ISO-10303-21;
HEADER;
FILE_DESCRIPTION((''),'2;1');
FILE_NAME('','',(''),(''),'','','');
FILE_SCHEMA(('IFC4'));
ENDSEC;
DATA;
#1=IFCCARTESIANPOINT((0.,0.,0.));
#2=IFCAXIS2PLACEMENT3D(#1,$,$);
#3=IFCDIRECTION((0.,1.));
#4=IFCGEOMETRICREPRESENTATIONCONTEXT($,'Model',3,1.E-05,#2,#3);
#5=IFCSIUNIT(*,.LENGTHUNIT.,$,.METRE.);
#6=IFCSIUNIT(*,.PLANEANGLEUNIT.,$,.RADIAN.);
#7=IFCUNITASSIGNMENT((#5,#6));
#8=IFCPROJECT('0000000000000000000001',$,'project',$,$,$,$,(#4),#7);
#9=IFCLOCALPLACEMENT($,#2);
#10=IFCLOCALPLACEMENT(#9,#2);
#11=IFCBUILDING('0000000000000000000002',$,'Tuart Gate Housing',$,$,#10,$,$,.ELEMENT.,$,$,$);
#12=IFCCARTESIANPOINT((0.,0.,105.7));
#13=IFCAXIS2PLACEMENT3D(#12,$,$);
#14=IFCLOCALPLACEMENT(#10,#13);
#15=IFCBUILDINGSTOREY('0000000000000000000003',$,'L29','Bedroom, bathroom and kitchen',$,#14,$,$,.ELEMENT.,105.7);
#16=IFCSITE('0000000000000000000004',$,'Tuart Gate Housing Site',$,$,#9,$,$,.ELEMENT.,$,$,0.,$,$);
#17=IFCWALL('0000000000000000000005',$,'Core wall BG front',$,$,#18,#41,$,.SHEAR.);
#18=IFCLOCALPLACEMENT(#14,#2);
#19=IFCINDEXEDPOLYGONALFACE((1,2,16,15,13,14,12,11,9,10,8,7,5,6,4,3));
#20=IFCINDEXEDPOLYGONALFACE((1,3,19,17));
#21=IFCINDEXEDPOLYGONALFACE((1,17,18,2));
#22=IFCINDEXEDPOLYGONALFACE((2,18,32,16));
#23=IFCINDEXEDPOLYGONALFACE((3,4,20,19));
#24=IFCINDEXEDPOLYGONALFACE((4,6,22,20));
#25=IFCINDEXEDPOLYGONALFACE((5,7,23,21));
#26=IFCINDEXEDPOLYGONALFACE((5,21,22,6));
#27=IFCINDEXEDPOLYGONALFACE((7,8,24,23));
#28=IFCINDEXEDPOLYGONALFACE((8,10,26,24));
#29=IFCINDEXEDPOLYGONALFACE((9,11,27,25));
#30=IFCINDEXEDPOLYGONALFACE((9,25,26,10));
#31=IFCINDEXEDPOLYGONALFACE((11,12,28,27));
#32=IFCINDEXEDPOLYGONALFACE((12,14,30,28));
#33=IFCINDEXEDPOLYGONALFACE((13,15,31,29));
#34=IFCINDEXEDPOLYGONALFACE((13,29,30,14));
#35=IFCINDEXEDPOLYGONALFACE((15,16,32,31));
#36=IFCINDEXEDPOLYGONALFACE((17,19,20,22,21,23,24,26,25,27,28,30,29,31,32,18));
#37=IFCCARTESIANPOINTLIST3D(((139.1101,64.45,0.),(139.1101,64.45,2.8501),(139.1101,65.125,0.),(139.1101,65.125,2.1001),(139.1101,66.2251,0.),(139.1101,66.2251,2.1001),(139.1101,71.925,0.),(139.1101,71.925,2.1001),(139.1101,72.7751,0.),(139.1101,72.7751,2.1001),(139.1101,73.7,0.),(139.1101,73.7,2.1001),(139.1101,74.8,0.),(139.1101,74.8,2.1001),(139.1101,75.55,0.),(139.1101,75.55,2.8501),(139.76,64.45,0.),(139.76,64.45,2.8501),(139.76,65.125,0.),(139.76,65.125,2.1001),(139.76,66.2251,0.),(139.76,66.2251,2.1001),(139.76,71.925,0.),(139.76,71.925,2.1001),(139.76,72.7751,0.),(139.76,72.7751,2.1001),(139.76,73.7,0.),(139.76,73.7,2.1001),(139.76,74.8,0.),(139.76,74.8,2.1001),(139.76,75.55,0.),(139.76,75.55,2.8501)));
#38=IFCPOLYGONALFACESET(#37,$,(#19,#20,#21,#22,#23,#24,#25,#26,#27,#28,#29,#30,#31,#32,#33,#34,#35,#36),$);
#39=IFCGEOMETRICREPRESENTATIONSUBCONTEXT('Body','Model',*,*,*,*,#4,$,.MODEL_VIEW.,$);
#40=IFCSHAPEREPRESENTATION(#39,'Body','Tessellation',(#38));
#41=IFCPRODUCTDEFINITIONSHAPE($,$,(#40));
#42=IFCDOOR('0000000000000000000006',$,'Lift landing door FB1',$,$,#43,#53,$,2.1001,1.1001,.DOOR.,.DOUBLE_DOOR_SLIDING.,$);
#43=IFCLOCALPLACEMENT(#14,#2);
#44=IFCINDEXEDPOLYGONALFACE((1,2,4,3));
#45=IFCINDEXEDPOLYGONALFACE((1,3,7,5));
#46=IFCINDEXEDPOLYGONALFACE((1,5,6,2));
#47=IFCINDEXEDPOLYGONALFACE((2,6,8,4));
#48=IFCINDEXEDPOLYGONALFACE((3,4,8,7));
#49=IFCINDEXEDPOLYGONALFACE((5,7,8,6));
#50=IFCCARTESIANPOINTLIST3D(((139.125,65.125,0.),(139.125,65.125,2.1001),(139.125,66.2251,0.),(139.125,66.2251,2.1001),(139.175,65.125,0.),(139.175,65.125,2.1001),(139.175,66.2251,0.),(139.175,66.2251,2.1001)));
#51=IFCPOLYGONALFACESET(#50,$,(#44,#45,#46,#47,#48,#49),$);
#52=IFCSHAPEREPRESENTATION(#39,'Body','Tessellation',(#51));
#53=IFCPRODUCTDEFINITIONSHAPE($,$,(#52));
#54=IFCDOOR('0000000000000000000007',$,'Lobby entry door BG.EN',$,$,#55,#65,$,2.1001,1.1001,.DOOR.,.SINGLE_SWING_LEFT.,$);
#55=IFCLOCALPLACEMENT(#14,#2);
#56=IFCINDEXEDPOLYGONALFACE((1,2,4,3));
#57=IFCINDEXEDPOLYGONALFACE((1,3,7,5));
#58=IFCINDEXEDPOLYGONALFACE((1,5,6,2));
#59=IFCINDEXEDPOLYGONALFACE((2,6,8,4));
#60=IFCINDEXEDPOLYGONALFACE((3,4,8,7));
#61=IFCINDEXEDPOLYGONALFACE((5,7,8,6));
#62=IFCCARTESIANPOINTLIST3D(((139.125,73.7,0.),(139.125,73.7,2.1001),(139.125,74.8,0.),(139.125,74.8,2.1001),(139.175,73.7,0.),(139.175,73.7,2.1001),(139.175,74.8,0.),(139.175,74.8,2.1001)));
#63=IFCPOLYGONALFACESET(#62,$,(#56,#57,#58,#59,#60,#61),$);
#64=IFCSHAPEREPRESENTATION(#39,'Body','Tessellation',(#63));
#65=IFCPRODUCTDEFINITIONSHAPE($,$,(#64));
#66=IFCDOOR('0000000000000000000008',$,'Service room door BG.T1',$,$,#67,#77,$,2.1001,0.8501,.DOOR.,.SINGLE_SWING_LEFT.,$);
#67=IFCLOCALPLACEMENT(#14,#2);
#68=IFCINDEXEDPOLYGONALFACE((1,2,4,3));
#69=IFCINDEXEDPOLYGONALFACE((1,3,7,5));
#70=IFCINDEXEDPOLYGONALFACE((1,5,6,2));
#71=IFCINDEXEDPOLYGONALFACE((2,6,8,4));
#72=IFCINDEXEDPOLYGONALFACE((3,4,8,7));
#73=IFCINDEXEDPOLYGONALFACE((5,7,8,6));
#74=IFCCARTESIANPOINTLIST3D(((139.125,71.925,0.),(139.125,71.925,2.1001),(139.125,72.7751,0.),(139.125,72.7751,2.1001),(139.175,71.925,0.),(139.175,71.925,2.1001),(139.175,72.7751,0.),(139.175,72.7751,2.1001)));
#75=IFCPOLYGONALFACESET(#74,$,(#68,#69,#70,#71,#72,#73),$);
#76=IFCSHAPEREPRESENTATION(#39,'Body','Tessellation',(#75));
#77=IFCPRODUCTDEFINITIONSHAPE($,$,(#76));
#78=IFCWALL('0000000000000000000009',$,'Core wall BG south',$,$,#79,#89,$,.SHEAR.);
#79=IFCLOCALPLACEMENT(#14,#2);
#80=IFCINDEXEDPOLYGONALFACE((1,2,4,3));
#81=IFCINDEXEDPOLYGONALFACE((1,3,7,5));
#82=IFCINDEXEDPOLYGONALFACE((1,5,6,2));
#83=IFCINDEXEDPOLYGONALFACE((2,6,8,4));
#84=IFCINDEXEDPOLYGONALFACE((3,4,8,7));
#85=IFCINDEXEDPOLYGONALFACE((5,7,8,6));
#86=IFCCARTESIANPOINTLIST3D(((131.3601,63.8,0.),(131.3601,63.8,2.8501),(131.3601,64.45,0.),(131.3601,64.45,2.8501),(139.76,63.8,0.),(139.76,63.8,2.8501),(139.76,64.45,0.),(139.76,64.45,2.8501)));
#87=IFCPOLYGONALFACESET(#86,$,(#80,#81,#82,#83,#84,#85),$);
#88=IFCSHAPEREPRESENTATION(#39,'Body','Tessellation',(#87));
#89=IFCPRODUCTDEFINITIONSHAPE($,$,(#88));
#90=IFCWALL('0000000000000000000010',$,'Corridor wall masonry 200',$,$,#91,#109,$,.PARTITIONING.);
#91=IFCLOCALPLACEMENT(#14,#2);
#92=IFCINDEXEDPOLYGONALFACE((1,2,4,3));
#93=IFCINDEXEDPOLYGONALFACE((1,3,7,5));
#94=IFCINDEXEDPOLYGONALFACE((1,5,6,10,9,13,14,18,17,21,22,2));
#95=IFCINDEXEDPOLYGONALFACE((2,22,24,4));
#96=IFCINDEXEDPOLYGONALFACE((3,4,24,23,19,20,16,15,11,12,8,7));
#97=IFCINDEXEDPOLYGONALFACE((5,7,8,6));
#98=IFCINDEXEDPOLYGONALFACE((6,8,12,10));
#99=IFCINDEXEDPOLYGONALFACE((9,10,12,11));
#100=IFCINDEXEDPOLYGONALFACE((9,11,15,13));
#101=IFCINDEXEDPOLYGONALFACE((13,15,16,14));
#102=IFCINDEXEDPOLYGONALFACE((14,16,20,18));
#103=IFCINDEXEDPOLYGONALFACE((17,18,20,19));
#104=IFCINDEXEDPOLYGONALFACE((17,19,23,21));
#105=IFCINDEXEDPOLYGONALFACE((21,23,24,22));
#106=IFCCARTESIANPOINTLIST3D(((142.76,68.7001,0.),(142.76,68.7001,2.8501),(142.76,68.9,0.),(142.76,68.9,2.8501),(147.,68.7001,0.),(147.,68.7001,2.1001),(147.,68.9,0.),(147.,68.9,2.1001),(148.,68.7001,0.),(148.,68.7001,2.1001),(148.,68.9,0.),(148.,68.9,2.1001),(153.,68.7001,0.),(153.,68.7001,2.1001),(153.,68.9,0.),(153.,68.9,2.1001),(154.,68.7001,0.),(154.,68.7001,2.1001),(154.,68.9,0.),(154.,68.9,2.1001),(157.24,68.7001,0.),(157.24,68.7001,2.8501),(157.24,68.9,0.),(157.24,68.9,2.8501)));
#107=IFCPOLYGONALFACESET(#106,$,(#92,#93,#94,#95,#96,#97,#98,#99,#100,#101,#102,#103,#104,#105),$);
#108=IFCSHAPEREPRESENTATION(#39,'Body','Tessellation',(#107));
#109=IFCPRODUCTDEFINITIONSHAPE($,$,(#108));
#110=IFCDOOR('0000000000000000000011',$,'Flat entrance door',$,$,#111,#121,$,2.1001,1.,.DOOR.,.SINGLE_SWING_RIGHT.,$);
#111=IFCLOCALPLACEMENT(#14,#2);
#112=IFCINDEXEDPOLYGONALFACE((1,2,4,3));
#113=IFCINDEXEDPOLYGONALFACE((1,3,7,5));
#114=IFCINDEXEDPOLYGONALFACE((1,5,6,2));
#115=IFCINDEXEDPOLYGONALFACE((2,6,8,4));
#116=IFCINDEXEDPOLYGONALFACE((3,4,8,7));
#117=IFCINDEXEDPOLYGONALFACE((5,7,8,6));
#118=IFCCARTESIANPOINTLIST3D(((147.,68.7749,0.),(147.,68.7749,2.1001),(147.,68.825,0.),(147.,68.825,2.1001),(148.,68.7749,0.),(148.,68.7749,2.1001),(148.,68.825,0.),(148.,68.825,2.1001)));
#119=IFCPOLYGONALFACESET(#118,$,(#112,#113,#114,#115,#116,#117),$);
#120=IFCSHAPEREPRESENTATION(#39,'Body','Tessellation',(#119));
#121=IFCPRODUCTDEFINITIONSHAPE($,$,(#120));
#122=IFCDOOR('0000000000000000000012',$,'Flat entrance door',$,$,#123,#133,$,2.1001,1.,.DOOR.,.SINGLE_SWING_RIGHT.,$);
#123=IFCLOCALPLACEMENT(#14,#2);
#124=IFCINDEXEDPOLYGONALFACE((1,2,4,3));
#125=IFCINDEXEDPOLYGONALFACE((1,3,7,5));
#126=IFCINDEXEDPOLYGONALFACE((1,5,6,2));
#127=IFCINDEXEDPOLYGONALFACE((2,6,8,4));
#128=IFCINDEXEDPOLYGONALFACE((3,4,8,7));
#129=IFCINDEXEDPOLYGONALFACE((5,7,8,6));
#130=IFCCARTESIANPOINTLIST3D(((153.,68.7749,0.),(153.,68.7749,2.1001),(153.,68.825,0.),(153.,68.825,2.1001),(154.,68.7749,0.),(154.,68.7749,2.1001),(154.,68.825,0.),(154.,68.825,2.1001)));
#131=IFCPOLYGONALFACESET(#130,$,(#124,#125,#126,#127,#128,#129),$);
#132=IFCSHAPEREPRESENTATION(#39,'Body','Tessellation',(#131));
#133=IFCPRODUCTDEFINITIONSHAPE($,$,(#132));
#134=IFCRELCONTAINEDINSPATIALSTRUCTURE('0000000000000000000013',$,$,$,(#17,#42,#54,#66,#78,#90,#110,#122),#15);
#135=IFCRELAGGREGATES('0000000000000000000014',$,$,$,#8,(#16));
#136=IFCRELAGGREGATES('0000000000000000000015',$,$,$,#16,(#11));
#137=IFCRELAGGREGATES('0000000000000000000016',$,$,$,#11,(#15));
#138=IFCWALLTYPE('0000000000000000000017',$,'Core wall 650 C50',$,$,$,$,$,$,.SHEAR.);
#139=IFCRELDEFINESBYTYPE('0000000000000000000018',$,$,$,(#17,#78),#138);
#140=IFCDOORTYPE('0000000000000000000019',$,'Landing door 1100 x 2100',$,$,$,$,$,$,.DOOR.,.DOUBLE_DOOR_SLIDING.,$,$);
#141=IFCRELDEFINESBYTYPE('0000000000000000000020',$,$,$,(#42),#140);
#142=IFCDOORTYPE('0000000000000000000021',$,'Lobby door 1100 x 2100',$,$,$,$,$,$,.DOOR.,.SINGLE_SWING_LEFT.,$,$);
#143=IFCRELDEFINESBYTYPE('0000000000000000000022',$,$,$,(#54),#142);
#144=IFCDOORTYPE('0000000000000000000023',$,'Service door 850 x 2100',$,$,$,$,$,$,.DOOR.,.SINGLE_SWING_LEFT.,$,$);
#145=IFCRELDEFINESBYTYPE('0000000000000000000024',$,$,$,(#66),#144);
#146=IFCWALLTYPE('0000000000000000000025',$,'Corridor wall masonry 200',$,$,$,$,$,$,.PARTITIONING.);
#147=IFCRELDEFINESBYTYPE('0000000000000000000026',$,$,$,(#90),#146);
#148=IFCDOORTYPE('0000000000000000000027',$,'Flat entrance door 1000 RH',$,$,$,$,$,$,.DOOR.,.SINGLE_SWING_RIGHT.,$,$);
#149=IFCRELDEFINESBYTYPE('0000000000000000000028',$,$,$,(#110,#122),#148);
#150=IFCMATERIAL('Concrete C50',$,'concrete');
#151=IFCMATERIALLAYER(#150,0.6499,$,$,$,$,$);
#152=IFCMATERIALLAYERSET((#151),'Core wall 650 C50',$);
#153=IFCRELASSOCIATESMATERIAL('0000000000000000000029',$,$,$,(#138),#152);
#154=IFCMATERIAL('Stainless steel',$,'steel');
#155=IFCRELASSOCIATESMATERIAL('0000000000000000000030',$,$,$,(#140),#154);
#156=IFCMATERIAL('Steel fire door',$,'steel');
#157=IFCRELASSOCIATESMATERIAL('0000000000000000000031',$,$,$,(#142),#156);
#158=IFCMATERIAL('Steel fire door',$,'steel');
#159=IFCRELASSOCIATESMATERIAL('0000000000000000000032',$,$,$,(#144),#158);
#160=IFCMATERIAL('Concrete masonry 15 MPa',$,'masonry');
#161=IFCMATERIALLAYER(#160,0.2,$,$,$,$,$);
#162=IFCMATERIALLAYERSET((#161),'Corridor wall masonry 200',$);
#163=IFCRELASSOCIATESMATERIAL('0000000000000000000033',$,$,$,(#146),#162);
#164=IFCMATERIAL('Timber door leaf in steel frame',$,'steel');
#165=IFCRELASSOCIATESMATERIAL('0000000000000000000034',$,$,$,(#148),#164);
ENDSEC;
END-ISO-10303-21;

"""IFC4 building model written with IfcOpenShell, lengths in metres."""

from ifc_helpers import new_model, si_unit, direction, frame, frame_2d, origin, place, context, subcontext, project, spatial, rectangle, extrude, material, layer, layer_set, type_object, element, fill, save


model = new_model("IFC4")

# Units and contexts
model_context = context("Model", 3, precision=1e-05, world=origin(), true_north=direction((0.0, 1.0)))
body_context = subcontext(model_context, "Body", "Model", "MODEL_VIEW")
ifc_project = project(units=[si_unit("LENGTHUNIT", "METRE"), si_unit("PLANEANGLEUNIT", "RADIAN")], contexts=[model_context])

# Site, building, storey
site_placement = place(None, origin())
site = spatial("IfcSite", under=ifc_project, at=site_placement, Name="Tuart Gate Housing Site", CompositionType="ELEMENT", RefElevation=0.0)
building_placement = place(site_placement, origin())
building = spatial("IfcBuilding", under=site, at=building_placement, Name="Tuart Gate Housing", CompositionType="ELEMENT")
storey_placement = place(building_placement, frame((0.0, 0.0, 105.7)))
storey = spatial("IfcBuildingStorey", under=building, at=storey_placement, Name="L29", Description="Bedroom, bathroom and kitchen", CompositionType="ELEMENT", Elevation=105.7)

# Wall, openings, doors
ifc_material_1 = material(Name="Concrete C50", Category="concrete")
ifc_layer_1 = layer(ifc_material_1, 0.6499)
ifc_layer_set_1 = layer_set([ifc_layer_1], Name="Core wall 650 C50")
wall_type_1 = type_object("IfcWallType", Name="Core wall 650 C50", PredefinedType="SHEAR", material=ifc_layer_set_1)
wall_1_placement = place(storey_placement, frame((139.4351, 64.45, 0.0), z_axis=(0.0, 0.0, 1.0), x_axis=(0.0, 1.0, 0.0)))
wall_1 = element("IfcWall", 1, at=wall_1_placement, inside=storey, type_object=wall_type_1, Name="Core wall BG front", PredefinedType="SHEAR", context=body_context, shape_type="SweptSolid", body=[
    extrude(rectangle(XDim=11.1001, YDim=0.6499, at=frame_2d((5.55, 0.0))), origin(), (0.0, 0.0, 1.0), 2.8501),
])
opening_1_placement = place(wall_1_placement, frame((0.675, 0.0, 0.0)))
opening_1 = element("IfcOpeningElement", 2, at=opening_1_placement, cuts=wall_1, PredefinedType="OPENING", context=body_context, shape_type="SweptSolid", body=[
    extrude(rectangle(XDim=1.1001, YDim=2.1001, at=frame_2d((0.55, 1.05))), frame((0.0, 0.335, 0.0), z_axis=(0.0, -1.0, 0.0), x_axis=(1.0, 0.0, 0.0)), (0.0, 0.0, 1.0), 0.6699),
])
opening_2_placement = place(wall_1_placement, frame((9.25, 0.0, 0.0)))
opening_2 = element("IfcOpeningElement", 3, at=opening_2_placement, cuts=wall_1, PredefinedType="OPENING", context=body_context, shape_type="SweptSolid", body=[
    extrude(rectangle(XDim=1.1001, YDim=2.1001, at=frame_2d((0.55, 1.05))), frame((0.0, 0.335, 0.0), z_axis=(0.0, -1.0, 0.0), x_axis=(1.0, 0.0, 0.0)), (0.0, 0.0, 1.0), 0.6699),
])
opening_3_placement = place(wall_1_placement, frame((7.4751, 0.0, 0.0)))
opening_3 = element("IfcOpeningElement", 4, at=opening_3_placement, cuts=wall_1, PredefinedType="OPENING", context=body_context, shape_type="SweptSolid", body=[
    extrude(rectangle(XDim=0.8501, YDim=2.1001, at=frame_2d((0.425, 1.05))), frame((0.0, 0.335, 0.0), z_axis=(0.0, -1.0, 0.0), x_axis=(1.0, 0.0, 0.0)), (0.0, 0.0, 1.0), 0.6699),
])
ifc_material_2 = material(Name="Stainless steel", Category="steel")
door_type_1 = type_object("IfcDoorType", Name="Landing door 1100 x 2100", OperationType="DOUBLE_DOOR_SLIDING", PredefinedType="DOOR", material=ifc_material_2)
door_1_placement = place(opening_1_placement, origin())
door_1 = element("IfcDoor", 5, at=door_1_placement, inside=storey, type_object=door_type_1, Name="Lift landing door FB1", OperationType="DOUBLE_DOOR_SLIDING", OverallHeight=2.1001, OverallWidth=1.1001, PredefinedType="DOOR", context=body_context, shape_type="SweptSolid", body=[
    extrude(rectangle(XDim=1.1001, YDim=2.1001, at=frame_2d((0.55, 1.05))), frame((0.0, 0.3101, 0.0), z_axis=(0.0, -1.0, 0.0), x_axis=(1.0, 0.0, 0.0)), (0.0, 0.0, 1.0), 0.05),
])
fill(opening_1, door_1)
ifc_material_3 = material(Name="Steel fire door", Category="steel")
door_type_2 = type_object("IfcDoorType", Name="Lobby door 1100 x 2100", OperationType="SINGLE_SWING_LEFT", PredefinedType="DOOR", material=ifc_material_3)
door_2_placement = place(opening_2_placement, origin())
door_2 = element("IfcDoor", 6, at=door_2_placement, inside=storey, type_object=door_type_2, Name="Lobby entry door BG.EN", OperationType="SINGLE_SWING_LEFT", OverallHeight=2.1001, OverallWidth=1.1001, PredefinedType="DOOR", context=body_context, shape_type="SweptSolid", body=[
    extrude(rectangle(XDim=1.1001, YDim=2.1001, at=frame_2d((0.55, 1.05))), frame((0.0, 0.3101, 0.0), z_axis=(0.0, -1.0, 0.0), x_axis=(1.0, 0.0, 0.0)), (0.0, 0.0, 1.0), 0.05),
])
fill(opening_2, door_2)
ifc_material_4 = material(Name="Steel fire door", Category="steel")
door_type_3 = type_object("IfcDoorType", Name="Service door 850 x 2100", OperationType="SINGLE_SWING_LEFT", PredefinedType="DOOR", material=ifc_material_4)
door_3_placement = place(opening_3_placement, origin())
door_3 = element("IfcDoor", 7, at=door_3_placement, inside=storey, type_object=door_type_3, Name="Service room door BG.T1", OperationType="SINGLE_SWING_LEFT", OverallHeight=2.1001, OverallWidth=0.8501, PredefinedType="DOOR", context=body_context, shape_type="SweptSolid", body=[
    extrude(rectangle(XDim=0.8501, YDim=2.1001, at=frame_2d((0.425, 1.05))), frame((0.0, 0.3101, 0.0), z_axis=(0.0, -1.0, 0.0), x_axis=(1.0, 0.0, 0.0)), (0.0, 0.0, 1.0), 0.05),
])
fill(opening_3, door_3)

# Wall
wall_2_placement = place(storey_placement, frame((139.76, 64.125, 0.0), z_axis=(0.0, 0.0, 1.0), x_axis=(-1.0, 0.0, 0.0)))
element("IfcWall", 8, at=wall_2_placement, inside=storey, type_object=wall_type_1, Name="Core wall BG south", PredefinedType="SHEAR", context=body_context, shape_type="SweptSolid", body=[
    extrude(rectangle(XDim=8.3999, YDim=0.6499, at=frame_2d((4.2, 0.0))), origin(), (0.0, 0.0, 1.0), 2.8501),
])

# Wall, openings, doors
ifc_material_5 = material(Name="Concrete masonry 15 MPa", Category="masonry")
ifc_layer_2 = layer(ifc_material_5, 0.2)
ifc_layer_set_2 = layer_set([ifc_layer_2], Name="Corridor wall masonry 200")
wall_type_2 = type_object("IfcWallType", Name="Corridor wall masonry 200", PredefinedType="PARTITIONING", material=ifc_layer_set_2)
wall_3_placement = place(storey_placement, frame((142.76, 68.8, 0.0), z_axis=(0.0, 0.0, 1.0), x_axis=(1.0, 0.0, 0.0)))
wall_3 = element("IfcWall", 9, at=wall_3_placement, inside=storey, type_object=wall_type_2, Name="Corridor wall masonry 200", PredefinedType="PARTITIONING", context=body_context, shape_type="SweptSolid", body=[
    extrude(rectangle(XDim=14.48, YDim=0.2, at=frame_2d((7.24, 0.0))), origin(), (0.0, 0.0, 1.0), 2.8501),
])
opening_4_placement = place(wall_3_placement, frame((4.24, 0.0, 0.0)))
opening_4 = element("IfcOpeningElement", 10, at=opening_4_placement, cuts=wall_3, PredefinedType="OPENING", context=body_context, shape_type="SweptSolid", body=[
    extrude(rectangle(XDim=1.0, YDim=2.1001, at=frame_2d((0.5, 1.05))), frame((0.0, 0.1099, 0.0), z_axis=(0.0, -1.0, 0.0), x_axis=(1.0, 0.0, 0.0)), (0.0, 0.0, 1.0), 0.22),
])
opening_5_placement = place(wall_3_placement, frame((10.24, 0.0, 0.0)))
opening_5 = element("IfcOpeningElement", 11, at=opening_5_placement, cuts=wall_3, PredefinedType="OPENING", context=body_context, shape_type="SweptSolid", body=[
    extrude(rectangle(XDim=1.0, YDim=2.1001, at=frame_2d((0.5, 1.05))), frame((0.0, 0.1099, 0.0), z_axis=(0.0, -1.0, 0.0), x_axis=(1.0, 0.0, 0.0)), (0.0, 0.0, 1.0), 0.22),
])
ifc_material_6 = material(Name="Timber door leaf in steel frame", Category="steel")
door_type_4 = type_object("IfcDoorType", Name="Flat entrance door 1000 RH", OperationType="SINGLE_SWING_RIGHT", PredefinedType="DOOR", material=ifc_material_6)
door_4_placement = place(opening_4_placement, frame((1.0, 0.0, 0.0), z_axis=(0.0, 0.0, 1.0), x_axis=(-1.0, 0.0, 0.0)))
door_4 = element("IfcDoor", 12, at=door_4_placement, inside=storey, type_object=door_type_4, Name="Flat entrance door", OperationType="SINGLE_SWING_RIGHT", OverallHeight=2.1001, OverallWidth=1.0, PredefinedType="DOOR", context=body_context, shape_type="SweptSolid", body=[
    extrude(rectangle(XDim=1.0, YDim=2.1001, at=frame_2d((0.5, 1.05))), frame((0.0, 0.0251, 0.0), z_axis=(0.0, -1.0, 0.0), x_axis=(1.0, 0.0, 0.0)), (0.0, 0.0, 1.0), 0.05),
])
fill(opening_4, door_4)
door_5_placement = place(opening_5_placement, frame((1.0, 0.0, 0.0), z_axis=(0.0, 0.0, 1.0), x_axis=(-1.0, 0.0, 0.0)))
door_5 = element("IfcDoor", 13, at=door_5_placement, inside=storey, type_object=door_type_4, Name="Flat entrance door", OperationType="SINGLE_SWING_RIGHT", OverallHeight=2.1001, OverallWidth=1.0, PredefinedType="DOOR", context=body_context, shape_type="SweptSolid", body=[
    extrude(rectangle(XDim=1.0, YDim=2.1001, at=frame_2d((0.5, 1.05))), frame((0.0, 0.0251, 0.0), z_axis=(0.0, -1.0, 0.0), x_axis=(1.0, 0.0, 0.0)), (0.0, 0.0, 1.0), 0.05),
])
fill(opening_5, door_5)

save(model, "model.ifc")
